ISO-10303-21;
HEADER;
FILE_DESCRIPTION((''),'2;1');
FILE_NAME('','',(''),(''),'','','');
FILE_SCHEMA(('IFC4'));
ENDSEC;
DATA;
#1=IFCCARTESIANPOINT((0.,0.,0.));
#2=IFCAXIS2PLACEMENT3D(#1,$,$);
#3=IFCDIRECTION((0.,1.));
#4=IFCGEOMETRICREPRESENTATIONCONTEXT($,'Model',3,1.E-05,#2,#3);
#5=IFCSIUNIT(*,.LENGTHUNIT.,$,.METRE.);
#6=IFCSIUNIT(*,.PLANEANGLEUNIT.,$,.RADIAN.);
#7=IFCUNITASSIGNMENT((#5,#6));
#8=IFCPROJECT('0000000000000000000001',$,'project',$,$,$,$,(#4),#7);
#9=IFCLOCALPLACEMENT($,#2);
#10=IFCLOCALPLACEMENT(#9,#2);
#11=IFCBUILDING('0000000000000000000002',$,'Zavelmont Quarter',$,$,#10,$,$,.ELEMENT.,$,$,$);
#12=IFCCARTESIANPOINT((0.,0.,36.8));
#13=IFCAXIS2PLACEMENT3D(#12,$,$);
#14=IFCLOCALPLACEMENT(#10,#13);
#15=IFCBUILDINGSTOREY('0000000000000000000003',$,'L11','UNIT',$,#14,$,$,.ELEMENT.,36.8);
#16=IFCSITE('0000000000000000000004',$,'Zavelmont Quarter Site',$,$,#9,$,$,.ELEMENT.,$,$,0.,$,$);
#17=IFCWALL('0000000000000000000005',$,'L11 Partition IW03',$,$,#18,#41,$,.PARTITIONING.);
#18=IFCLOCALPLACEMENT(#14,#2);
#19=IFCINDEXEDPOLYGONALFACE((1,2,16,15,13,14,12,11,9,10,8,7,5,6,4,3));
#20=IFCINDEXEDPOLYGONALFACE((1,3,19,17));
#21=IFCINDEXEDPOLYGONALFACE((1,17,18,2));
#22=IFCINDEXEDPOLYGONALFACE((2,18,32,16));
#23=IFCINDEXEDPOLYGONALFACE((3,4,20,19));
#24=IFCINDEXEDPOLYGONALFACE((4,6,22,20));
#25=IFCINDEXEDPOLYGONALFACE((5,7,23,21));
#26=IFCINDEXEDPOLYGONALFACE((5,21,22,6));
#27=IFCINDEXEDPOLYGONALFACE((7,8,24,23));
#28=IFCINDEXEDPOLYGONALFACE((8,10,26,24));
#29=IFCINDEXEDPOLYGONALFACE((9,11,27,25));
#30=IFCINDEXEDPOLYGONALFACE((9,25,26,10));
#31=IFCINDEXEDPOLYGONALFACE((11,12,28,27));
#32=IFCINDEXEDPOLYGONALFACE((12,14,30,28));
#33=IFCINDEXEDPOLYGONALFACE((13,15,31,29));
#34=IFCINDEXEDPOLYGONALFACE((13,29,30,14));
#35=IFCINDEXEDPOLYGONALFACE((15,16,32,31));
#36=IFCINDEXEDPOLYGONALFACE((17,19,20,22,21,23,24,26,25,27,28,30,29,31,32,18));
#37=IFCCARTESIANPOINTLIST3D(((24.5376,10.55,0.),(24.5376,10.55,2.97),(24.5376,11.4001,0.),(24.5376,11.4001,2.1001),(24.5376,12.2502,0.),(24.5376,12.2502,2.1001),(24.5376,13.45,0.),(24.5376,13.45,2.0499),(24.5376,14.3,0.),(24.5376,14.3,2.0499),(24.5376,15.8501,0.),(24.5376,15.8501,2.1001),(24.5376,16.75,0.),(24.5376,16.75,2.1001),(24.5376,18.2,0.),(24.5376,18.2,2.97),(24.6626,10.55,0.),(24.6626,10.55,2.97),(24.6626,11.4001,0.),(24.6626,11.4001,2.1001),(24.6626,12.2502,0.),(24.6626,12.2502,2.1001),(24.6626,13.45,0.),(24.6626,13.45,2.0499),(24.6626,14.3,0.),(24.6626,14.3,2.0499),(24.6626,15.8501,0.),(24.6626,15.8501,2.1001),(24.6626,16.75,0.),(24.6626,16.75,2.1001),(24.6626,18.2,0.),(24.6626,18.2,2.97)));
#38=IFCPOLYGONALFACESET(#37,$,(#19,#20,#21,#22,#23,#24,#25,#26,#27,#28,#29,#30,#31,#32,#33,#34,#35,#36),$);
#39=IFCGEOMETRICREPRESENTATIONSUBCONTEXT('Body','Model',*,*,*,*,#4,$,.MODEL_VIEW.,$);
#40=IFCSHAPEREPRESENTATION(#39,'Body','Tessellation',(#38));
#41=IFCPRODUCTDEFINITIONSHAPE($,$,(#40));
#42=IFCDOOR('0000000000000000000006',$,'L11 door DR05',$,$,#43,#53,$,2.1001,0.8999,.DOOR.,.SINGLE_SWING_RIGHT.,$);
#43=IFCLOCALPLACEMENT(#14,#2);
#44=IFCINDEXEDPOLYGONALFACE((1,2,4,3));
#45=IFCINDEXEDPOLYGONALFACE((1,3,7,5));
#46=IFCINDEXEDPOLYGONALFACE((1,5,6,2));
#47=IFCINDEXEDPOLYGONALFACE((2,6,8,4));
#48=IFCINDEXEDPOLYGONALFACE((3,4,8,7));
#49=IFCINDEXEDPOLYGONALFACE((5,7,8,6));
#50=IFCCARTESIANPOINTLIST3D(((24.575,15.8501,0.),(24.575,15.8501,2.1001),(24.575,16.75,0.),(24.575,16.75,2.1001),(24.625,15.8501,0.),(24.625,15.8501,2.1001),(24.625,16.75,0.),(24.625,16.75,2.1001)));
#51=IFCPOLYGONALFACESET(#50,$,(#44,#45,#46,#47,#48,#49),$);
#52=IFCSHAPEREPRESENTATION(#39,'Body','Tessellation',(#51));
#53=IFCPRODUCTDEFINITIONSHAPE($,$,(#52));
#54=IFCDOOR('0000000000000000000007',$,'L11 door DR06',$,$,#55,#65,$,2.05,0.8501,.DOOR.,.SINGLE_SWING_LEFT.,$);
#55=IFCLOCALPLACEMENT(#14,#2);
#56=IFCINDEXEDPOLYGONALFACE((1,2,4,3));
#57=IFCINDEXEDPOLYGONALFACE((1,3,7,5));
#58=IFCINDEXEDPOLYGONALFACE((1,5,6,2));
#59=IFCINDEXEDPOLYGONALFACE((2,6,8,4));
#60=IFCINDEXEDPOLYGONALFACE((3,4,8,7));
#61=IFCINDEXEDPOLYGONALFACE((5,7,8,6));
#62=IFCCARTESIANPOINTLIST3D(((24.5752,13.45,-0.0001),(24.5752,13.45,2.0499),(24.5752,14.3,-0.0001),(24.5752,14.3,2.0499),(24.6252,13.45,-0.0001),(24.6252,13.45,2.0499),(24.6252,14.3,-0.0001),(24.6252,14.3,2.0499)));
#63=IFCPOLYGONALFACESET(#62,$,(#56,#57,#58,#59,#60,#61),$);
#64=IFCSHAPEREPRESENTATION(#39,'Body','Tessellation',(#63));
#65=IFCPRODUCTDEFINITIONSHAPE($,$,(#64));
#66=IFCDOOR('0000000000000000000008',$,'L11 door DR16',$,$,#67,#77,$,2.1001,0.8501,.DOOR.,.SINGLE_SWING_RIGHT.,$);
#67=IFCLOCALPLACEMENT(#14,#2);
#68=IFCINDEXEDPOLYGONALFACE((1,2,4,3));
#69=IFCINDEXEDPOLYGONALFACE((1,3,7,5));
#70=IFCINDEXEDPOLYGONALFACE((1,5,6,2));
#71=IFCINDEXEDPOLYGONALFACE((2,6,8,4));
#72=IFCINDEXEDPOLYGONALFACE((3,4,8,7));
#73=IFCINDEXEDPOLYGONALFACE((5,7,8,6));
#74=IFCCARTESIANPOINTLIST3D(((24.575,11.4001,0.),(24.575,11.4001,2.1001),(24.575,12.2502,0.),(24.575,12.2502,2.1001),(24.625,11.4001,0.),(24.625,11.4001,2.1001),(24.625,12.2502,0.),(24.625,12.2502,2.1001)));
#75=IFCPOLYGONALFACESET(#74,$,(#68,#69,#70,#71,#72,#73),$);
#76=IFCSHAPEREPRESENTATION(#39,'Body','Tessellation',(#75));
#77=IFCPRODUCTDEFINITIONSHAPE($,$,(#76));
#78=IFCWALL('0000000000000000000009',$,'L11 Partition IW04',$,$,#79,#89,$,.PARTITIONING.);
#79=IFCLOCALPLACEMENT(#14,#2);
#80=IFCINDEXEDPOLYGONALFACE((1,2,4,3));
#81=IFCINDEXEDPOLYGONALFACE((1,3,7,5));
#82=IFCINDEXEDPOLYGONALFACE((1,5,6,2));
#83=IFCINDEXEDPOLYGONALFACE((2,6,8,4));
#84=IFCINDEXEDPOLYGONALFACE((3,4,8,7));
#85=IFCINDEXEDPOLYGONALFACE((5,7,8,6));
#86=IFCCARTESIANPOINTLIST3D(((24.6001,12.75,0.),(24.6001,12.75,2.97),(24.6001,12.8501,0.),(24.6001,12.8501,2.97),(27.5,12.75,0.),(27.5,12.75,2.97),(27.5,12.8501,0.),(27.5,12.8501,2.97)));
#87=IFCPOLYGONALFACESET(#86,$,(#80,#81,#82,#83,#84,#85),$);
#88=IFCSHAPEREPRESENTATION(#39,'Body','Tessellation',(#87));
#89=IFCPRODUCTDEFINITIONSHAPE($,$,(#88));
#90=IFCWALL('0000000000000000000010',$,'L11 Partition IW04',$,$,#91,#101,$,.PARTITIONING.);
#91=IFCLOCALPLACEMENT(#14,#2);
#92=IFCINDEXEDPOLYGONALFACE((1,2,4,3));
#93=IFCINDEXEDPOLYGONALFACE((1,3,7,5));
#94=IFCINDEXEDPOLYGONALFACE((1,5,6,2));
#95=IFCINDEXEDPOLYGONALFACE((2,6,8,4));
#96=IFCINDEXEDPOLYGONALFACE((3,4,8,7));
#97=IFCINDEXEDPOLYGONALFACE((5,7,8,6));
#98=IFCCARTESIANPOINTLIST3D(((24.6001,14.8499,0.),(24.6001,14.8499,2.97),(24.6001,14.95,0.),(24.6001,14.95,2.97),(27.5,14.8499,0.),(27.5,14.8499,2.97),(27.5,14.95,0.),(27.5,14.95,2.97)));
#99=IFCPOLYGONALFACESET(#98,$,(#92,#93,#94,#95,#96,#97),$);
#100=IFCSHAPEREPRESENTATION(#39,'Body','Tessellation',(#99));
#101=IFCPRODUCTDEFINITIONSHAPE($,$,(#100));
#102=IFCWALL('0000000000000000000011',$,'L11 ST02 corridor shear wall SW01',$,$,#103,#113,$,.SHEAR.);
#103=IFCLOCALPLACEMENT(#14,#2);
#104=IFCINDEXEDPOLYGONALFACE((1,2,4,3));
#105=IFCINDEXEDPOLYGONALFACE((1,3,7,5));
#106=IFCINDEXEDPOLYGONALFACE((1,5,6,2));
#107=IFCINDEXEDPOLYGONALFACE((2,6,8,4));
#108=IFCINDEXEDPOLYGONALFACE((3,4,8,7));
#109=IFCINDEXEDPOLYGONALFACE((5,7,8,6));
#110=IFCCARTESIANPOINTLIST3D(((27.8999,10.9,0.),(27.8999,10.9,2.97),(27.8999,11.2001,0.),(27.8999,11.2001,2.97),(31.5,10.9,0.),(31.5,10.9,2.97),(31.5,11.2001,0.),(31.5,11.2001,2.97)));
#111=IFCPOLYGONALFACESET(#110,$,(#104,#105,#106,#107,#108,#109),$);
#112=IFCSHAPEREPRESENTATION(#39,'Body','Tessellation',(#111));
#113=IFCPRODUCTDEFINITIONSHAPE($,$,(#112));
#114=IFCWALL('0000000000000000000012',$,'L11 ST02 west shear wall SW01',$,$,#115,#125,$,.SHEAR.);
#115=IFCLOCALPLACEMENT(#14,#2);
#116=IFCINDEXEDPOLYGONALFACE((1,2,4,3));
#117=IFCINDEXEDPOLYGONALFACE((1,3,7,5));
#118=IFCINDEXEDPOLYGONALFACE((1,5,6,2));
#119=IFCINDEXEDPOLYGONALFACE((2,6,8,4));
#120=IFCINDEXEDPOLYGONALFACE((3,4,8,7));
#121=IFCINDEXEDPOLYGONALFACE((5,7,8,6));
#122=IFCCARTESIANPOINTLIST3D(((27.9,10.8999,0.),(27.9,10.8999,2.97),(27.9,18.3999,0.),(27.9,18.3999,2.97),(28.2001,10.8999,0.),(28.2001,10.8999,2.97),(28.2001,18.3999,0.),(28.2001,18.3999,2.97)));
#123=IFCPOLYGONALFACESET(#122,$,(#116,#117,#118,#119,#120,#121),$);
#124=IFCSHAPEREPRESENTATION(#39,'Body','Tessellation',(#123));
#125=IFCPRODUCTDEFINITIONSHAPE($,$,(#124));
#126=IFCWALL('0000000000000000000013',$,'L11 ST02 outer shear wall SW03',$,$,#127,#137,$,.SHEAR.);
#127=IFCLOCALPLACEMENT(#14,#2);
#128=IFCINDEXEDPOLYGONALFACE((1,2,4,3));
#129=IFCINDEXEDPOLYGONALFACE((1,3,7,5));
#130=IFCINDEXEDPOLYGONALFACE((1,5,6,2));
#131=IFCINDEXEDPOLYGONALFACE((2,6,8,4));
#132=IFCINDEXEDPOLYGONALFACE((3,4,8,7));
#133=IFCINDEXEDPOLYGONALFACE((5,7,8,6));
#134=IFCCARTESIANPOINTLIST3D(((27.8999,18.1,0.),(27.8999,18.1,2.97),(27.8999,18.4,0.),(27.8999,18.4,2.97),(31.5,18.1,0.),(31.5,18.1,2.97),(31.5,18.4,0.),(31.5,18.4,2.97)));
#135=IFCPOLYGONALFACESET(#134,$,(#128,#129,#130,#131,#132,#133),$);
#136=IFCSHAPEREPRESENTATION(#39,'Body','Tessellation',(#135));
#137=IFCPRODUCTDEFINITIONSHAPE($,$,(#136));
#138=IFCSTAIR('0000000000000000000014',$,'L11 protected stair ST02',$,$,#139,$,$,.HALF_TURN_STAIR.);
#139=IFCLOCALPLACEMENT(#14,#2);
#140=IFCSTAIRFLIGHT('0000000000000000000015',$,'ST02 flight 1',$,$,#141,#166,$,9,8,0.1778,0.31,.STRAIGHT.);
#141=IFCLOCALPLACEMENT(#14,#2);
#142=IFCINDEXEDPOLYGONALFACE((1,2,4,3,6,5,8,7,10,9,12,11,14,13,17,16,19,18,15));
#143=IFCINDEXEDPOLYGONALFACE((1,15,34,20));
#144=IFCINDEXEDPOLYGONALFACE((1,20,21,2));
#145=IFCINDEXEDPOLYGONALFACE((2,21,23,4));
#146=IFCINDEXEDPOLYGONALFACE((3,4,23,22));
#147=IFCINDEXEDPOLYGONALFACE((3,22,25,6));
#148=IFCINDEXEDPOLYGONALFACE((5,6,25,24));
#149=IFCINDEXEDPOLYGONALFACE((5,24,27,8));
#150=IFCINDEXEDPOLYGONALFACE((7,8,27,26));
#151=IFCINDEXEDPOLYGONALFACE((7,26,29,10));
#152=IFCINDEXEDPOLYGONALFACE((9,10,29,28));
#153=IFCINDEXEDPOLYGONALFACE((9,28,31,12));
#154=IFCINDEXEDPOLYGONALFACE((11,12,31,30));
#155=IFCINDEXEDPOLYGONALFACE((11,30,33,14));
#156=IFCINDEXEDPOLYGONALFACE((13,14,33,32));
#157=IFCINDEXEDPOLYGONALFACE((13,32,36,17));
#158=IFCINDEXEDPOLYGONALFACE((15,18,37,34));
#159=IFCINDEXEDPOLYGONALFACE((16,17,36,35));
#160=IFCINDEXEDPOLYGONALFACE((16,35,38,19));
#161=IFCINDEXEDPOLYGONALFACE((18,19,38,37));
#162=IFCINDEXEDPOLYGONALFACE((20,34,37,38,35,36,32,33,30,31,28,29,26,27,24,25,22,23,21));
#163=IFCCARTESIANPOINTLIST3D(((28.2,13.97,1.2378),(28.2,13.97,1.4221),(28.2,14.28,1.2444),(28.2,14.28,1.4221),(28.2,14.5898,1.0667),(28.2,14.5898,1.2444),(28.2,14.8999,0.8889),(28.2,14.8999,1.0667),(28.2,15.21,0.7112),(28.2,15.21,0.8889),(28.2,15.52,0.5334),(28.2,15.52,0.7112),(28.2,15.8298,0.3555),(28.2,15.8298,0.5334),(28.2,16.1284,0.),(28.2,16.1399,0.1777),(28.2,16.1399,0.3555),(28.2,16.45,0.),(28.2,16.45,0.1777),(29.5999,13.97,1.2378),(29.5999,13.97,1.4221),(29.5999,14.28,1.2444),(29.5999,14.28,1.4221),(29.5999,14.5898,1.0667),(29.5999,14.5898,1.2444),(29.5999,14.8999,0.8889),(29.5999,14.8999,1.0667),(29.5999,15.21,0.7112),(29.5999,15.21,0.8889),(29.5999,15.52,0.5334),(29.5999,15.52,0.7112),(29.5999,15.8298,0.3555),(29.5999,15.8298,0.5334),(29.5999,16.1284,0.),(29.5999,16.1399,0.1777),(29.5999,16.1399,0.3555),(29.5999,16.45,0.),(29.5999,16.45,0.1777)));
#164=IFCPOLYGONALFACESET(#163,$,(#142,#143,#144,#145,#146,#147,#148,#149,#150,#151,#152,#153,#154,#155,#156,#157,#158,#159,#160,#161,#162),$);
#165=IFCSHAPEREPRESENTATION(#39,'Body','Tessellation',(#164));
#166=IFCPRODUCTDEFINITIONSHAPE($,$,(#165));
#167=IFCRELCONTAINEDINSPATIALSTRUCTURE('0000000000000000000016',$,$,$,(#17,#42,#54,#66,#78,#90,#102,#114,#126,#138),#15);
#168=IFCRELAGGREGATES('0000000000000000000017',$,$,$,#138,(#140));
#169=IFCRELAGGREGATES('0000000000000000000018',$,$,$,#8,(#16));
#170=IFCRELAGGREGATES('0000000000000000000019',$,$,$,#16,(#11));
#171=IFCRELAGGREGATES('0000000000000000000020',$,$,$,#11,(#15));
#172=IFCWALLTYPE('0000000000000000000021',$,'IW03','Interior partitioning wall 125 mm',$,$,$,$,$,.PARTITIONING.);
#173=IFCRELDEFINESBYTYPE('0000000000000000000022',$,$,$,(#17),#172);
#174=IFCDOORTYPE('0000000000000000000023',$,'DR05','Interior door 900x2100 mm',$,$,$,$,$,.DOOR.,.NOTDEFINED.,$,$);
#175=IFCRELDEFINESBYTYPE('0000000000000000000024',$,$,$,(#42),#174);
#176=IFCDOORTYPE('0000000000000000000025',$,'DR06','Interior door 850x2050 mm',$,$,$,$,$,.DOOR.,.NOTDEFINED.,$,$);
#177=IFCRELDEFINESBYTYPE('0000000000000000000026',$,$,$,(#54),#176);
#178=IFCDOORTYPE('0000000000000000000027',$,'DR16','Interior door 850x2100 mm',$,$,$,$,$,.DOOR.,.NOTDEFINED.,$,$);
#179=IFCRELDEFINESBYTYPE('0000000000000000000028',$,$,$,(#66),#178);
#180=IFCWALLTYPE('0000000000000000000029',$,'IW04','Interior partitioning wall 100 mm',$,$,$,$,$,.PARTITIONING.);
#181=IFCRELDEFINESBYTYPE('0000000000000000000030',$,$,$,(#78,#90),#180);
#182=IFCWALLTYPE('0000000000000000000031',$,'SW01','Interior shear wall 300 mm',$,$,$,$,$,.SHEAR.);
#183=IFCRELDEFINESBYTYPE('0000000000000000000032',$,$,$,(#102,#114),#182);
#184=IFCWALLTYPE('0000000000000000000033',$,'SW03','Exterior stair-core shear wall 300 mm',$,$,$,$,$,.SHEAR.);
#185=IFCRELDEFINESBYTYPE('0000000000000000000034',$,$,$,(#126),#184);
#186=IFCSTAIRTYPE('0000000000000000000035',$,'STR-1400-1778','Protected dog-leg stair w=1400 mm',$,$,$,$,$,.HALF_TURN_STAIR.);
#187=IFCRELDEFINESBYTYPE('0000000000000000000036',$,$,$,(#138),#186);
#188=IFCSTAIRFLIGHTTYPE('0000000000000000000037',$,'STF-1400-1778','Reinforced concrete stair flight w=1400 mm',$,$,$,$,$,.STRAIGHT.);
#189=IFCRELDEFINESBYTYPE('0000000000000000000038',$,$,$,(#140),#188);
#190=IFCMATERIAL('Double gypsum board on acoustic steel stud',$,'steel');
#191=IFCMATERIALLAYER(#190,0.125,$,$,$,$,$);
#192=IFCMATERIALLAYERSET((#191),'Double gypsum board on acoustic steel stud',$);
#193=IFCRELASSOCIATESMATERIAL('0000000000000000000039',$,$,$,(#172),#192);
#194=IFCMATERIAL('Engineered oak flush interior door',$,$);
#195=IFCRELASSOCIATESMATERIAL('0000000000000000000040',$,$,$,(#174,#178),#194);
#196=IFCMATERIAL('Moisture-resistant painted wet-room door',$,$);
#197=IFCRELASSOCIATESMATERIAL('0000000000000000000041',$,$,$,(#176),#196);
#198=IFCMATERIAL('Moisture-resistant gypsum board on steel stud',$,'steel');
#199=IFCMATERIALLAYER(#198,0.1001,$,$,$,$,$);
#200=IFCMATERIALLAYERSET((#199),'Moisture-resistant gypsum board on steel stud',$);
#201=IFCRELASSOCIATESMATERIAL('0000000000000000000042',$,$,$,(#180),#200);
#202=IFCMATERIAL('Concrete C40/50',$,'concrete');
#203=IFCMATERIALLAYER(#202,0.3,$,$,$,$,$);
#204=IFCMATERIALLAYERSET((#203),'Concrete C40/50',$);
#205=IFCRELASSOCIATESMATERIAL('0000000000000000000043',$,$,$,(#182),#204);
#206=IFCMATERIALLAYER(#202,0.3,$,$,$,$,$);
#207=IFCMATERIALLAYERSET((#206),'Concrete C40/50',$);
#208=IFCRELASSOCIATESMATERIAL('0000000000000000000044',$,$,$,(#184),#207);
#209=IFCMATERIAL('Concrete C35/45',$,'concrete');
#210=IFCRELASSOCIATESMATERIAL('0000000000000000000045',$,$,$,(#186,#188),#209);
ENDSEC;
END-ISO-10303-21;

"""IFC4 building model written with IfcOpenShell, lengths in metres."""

from ifc_helpers import new_model, si_unit, direction, frame, frame_2d, origin, origin_with_axes, place, context, subcontext, project, spatial, polyline, rectangle, outline, extrude, material, layer, layer_set, type_object, element, fill, aggregate, save


model = new_model("IFC4")

# Units and contexts
model_context = context("Model", 3, precision=1e-05, world=origin(), true_north=direction((0.0, 1.0)))
body_context = subcontext(model_context, "Body", "Model", "MODEL_VIEW")
ifc_project = project(units=[si_unit("LENGTHUNIT", "METRE"), si_unit("PLANEANGLEUNIT", "RADIAN")], contexts=[model_context])

# Site, building, storey
site_placement = place(None, origin())
site = spatial("IfcSite", under=ifc_project, at=site_placement, Name="Zavelmont Quarter Site", CompositionType="ELEMENT", RefElevation=0.0)
building_placement = place(site_placement, origin())
building = spatial("IfcBuilding", under=site, at=building_placement, Name="Zavelmont Quarter", CompositionType="ELEMENT")
storey_placement = place(building_placement, frame((0.0, 0.0, 36.8)))
storey = spatial("IfcBuildingStorey", under=building, at=storey_placement, Name="L11", Description="UNIT", CompositionType="ELEMENT", Elevation=36.8)

# Shared definitions
ifc_material_1 = material(Name="Concrete C35/45", Category="concrete")

# Wall, openings, doors
ifc_material_2 = material(Name="Double gypsum board on acoustic steel stud", Category="steel")
ifc_layer_1 = layer(ifc_material_2, 0.125)
ifc_layer_set_1 = layer_set([ifc_layer_1], Name="Double gypsum board on acoustic steel stud")
wall_type_1 = type_object("IfcWallType", Name="IW03", Description="Interior partitioning wall 125 mm", PredefinedType="PARTITIONING", material=ifc_layer_set_1)
wall_1_placement = place(storey_placement, frame((24.6001, 10.55, 0.0), z_axis=(0.0, 0.0, 1.0), x_axis=(0.0, 1.0, 0.0)))
wall_1 = element("IfcWall", 1, at=wall_1_placement, inside=storey, type_object=wall_type_1, Name="L11 Partition IW03", PredefinedType="PARTITIONING", context=body_context, shape_type="SweptSolid", body=[
    extrude(rectangle(XDim=7.6499, YDim=0.125, at=frame_2d((3.825, 0.0))), origin(), (0.0, 0.0, 1.0), 2.97),
])
opening_1_placement = place(wall_1_placement, frame((0.8501, 0.0, 0.0)))
opening_1 = element("IfcOpeningElement", 2, at=opening_1_placement, cuts=wall_1, PredefinedType="OPENING", context=body_context, shape_type="SweptSolid", body=[
    extrude(rectangle(XDim=0.8501, YDim=2.1001, at=frame_2d((0.425, 1.05))), frame((0.0, 0.0745, 0.0), z_axis=(0.0, -1.0, 0.0), x_axis=(1.0, 0.0, 0.0)), (0.0, 0.0, 1.0), 0.1489),
])
opening_2_placement = place(wall_1_placement, frame((2.8999, 0.0, 0.0)))
opening_2 = element("IfcOpeningElement", 3, at=opening_2_placement, cuts=wall_1, PredefinedType="OPENING", context=body_context, shape_type="SweptSolid", body=[
    extrude(rectangle(XDim=0.8501, YDim=2.05, at=frame_2d((0.425, 1.0249))), frame((0.0, 0.0745, 0.0), z_axis=(0.0, -1.0, 0.0), x_axis=(1.0, 0.0, 0.0)), (0.0, 0.0, 1.0), 0.1489),
])
opening_3_placement = place(wall_1_placement, frame((5.3, 0.0, 0.0)))
opening_3 = element("IfcOpeningElement", 4, at=opening_3_placement, cuts=wall_1, PredefinedType="OPENING", context=body_context, shape_type="SweptSolid", body=[
    extrude(rectangle(XDim=0.8999, YDim=2.1001, at=frame_2d((0.45, 1.05))), frame((0.0, 0.0745, 0.0), z_axis=(0.0, -1.0, 0.0), x_axis=(1.0, 0.0, 0.0)), (0.0, 0.0, 1.0), 0.1489),
])
ifc_material_3 = material(Name="Engineered oak flush interior door")
door_type_1 = type_object("IfcDoorType", Name="DR05", Description="Interior door 900x2100 mm", OperationType="NOTDEFINED", PredefinedType="DOOR", material=ifc_material_3)
door_1_placement = place(opening_3_placement, frame((0.8999, 0.0, 0.0), z_axis=(0.0, 0.0, 1.0), x_axis=(-1.0, 0.0, 0.0)))
door_1 = element("IfcDoor", 5, at=door_1_placement, inside=storey, type_object=door_type_1, Name="L11 door DR05", OperationType="SINGLE_SWING_RIGHT", OverallHeight=2.1001, OverallWidth=0.8999, PredefinedType="DOOR", context=body_context, shape_type="SweptSolid", body=[
    extrude(rectangle(XDim=0.8999, YDim=2.1001, at=frame_2d((0.45, 1.05))), frame((0.0, 0.0249, 0.0), z_axis=(0.0, -1.0, 0.0), x_axis=(1.0, 0.0, 0.0)), (0.0, 0.0, 1.0), 0.05),
])
fill(opening_3, door_1)
ifc_material_4 = material(Name="Moisture-resistant painted wet-room door")
door_type_2 = type_object("IfcDoorType", Name="DR06", Description="Interior door 850x2050 mm", OperationType="NOTDEFINED", PredefinedType="DOOR", material=ifc_material_4)
door_2_placement = place(opening_2_placement, origin_with_axes())
door_2 = element("IfcDoor", 6, at=door_2_placement, inside=storey, type_object=door_type_2, Name="L11 door DR06", OperationType="SINGLE_SWING_LEFT", OverallHeight=2.05, OverallWidth=0.8501, PredefinedType="DOOR", context=body_context, shape_type="SweptSolid", body=[
    extrude(rectangle(XDim=0.8501, YDim=2.05, at=frame_2d((0.425, 1.0249))), frame((0.0, 0.0249, 0.0), z_axis=(0.0, -1.0, 0.0), x_axis=(1.0, 0.0, 0.0)), (0.0, 0.0, 1.0), 0.05),
])
fill(opening_2, door_2)
door_type_3 = type_object("IfcDoorType", Name="DR16", Description="Interior door 850x2100 mm", OperationType="NOTDEFINED", PredefinedType="DOOR", material=ifc_material_3)
door_3_placement = place(opening_1_placement, frame((0.8501, 0.0, 0.0), z_axis=(0.0, 0.0, 1.0), x_axis=(-1.0, 0.0, 0.0)))
door_3 = element("IfcDoor", 7, at=door_3_placement, inside=storey, type_object=door_type_3, Name="L11 door DR16", OperationType="SINGLE_SWING_RIGHT", OverallHeight=2.1001, OverallWidth=0.8501, PredefinedType="DOOR", context=body_context, shape_type="SweptSolid", body=[
    extrude(rectangle(XDim=0.8501, YDim=2.1001, at=frame_2d((0.425, 1.05))), frame((0.0, 0.0249, 0.0), z_axis=(0.0, -1.0, 0.0), x_axis=(1.0, 0.0, 0.0)), (0.0, 0.0, 1.0), 0.05),
])
fill(opening_1, door_3)

# Walls
ifc_material_5 = material(Name="Moisture-resistant gypsum board on steel stud", Category="steel")
ifc_layer_2 = layer(ifc_material_5, 0.1001)
ifc_layer_set_2 = layer_set([ifc_layer_2], Name="Moisture-resistant gypsum board on steel stud")
wall_type_2 = type_object("IfcWallType", Name="IW04", Description="Interior partitioning wall 100 mm", PredefinedType="PARTITIONING", material=ifc_layer_set_2)
for number, where, z_axis, x_axis, name in (
    (8, (24.6001, 12.8, 0.0), (0.0, 0.0, 1.0), (1.0, 0.0, 0.0), "L11 Partition IW04"),
    (9, (24.6001, 14.8999, 0.0), (0.0, 0.0, 1.0), (1.0, 0.0, 0.0), "L11 Partition IW04"),
):
    element("IfcWall", number, at=place(storey_placement, frame(where, z_axis=z_axis, x_axis=x_axis)), inside=storey, type_object=wall_type_2, Name=name, PredefinedType="PARTITIONING", context=body_context, shape_type="SweptSolid", body=[
        extrude(rectangle(XDim=2.8999, YDim=0.1001, at=frame_2d((1.45, 0.0))), origin(), (0.0, 0.0, 1.0), 2.97),
    ])
ifc_material_6 = material(Name="Concrete C40/50", Category="concrete")
ifc_layer_3 = layer(ifc_material_6, 0.3)
ifc_layer_set_3 = layer_set([ifc_layer_3], Name="Concrete C40/50")
wall_type_3 = type_object("IfcWallType", Name="SW01", Description="Interior shear wall 300 mm", PredefinedType="SHEAR", material=ifc_layer_set_3)
wall_2_placement = place(storey_placement, frame((27.8999, 11.05, 0.0), z_axis=(0.0, 0.0, 1.0), x_axis=(1.0, 0.0, 0.0)))
element("IfcWall", 10, at=wall_2_placement, inside=storey, type_object=wall_type_3, Name="L11 ST02 corridor shear wall SW01", PredefinedType="SHEAR", context=body_context, shape_type="SweptSolid", body=[
    extrude(rectangle(XDim=3.6001, YDim=0.3, at=frame_2d((1.8, 0.0))), origin(), (0.0, 0.0, 1.0), 2.97),
])
wall_3_placement = place(storey_placement, frame((28.05, 10.8999, 0.0), z_axis=(0.0, 0.0, 1.0), x_axis=(0.0, 1.0, 0.0)))
element("IfcWall", 11, at=wall_3_placement, inside=storey, type_object=wall_type_3, Name="L11 ST02 west shear wall SW01", PredefinedType="SHEAR", context=body_context, shape_type="SweptSolid", body=[
    extrude(rectangle(XDim=7.5, YDim=0.3, at=frame_2d((3.75, 0.0))), origin(), (0.0, 0.0, 1.0), 2.97),
])
ifc_layer_4 = layer(ifc_material_6, 0.3)
ifc_layer_set_4 = layer_set([ifc_layer_4], Name="Concrete C40/50")
wall_type_4 = type_object("IfcWallType", Name="SW03", Description="Exterior stair-core shear wall 300 mm", PredefinedType="SHEAR", material=ifc_layer_set_4)
wall_4_placement = place(storey_placement, frame((27.8999, 18.25, 0.0), z_axis=(0.0, 0.0, 1.0), x_axis=(1.0, 0.0, 0.0)))
element("IfcWall", 12, at=wall_4_placement, inside=storey, type_object=wall_type_4, Name="L11 ST02 outer shear wall SW03", PredefinedType="SHEAR", context=body_context, shape_type="SweptSolid", body=[
    extrude(rectangle(XDim=3.6001, YDim=0.3, at=frame_2d((1.8, 0.0))), origin(), (0.0, 0.0, 1.0), 2.97),
])

# Stair, stair flight
stair_type = type_object("IfcStairType", Name="STR-1400-1778", Description="Protected dog-leg stair w=1400 mm", PredefinedType="HALF_TURN_STAIR", material=ifc_material_1)
stair_placement = place(storey_placement, origin())
stair = element("IfcStair", 13, at=stair_placement, inside=storey, type_object=stair_type, Name="L11 protected stair ST02", PredefinedType="HALF_TURN_STAIR")
stair_flight_type = type_object("IfcStairFlightType", Name="STF-1400-1778", Description="Reinforced concrete stair flight w=1400 mm", PredefinedType="STRAIGHT", material=ifc_material_1)
stair_flight_placement = place(storey_placement, frame((28.8999, 16.45, 0.0), z_axis=(0.0, 0.0, 1.0), x_axis=(0.0, -1.0, 0.0)))
stair_flight = element("IfcStairFlight", 14, at=stair_flight_placement, type_object=stair_flight_type, Name="ST02 flight 1", NumberOfRisers=9, NumberOfTreads=8, PredefinedType="STRAIGHT", RiserHeight=0.1778, TreadLength=0.31, context=body_context, shape_type="SweptSolid", body=[
    extrude(outline(polyline([(0.0, 0.0), (0.0, 0.1777), (0.3101, 0.1777), (0.3101, 0.3555), (0.6201, 0.3555), (0.6201, 0.5334), (0.9299, 0.5334), (0.9299, 0.7112), (1.24, 0.7112), (1.24, 0.8889), (1.55, 0.8889), (1.55, 1.0667), (1.8601, 1.0667), (1.8601, 1.2444), (2.1699, 1.2444), (2.1699, 1.4221), (2.48, 1.4221), (2.48, 1.6001), (2.48, 1.2378), (0.3215, 0.0), (0.0, 0.0)])), frame((0.0, 0.7, 0.0), z_axis=(0.0, -1.0, 0.0), x_axis=(1.0, 0.0, 0.0)), (0.0, 0.0, 1.0), 1.3999),
])
aggregate(stair, [stair_flight])

save(model, "model.ifc")
